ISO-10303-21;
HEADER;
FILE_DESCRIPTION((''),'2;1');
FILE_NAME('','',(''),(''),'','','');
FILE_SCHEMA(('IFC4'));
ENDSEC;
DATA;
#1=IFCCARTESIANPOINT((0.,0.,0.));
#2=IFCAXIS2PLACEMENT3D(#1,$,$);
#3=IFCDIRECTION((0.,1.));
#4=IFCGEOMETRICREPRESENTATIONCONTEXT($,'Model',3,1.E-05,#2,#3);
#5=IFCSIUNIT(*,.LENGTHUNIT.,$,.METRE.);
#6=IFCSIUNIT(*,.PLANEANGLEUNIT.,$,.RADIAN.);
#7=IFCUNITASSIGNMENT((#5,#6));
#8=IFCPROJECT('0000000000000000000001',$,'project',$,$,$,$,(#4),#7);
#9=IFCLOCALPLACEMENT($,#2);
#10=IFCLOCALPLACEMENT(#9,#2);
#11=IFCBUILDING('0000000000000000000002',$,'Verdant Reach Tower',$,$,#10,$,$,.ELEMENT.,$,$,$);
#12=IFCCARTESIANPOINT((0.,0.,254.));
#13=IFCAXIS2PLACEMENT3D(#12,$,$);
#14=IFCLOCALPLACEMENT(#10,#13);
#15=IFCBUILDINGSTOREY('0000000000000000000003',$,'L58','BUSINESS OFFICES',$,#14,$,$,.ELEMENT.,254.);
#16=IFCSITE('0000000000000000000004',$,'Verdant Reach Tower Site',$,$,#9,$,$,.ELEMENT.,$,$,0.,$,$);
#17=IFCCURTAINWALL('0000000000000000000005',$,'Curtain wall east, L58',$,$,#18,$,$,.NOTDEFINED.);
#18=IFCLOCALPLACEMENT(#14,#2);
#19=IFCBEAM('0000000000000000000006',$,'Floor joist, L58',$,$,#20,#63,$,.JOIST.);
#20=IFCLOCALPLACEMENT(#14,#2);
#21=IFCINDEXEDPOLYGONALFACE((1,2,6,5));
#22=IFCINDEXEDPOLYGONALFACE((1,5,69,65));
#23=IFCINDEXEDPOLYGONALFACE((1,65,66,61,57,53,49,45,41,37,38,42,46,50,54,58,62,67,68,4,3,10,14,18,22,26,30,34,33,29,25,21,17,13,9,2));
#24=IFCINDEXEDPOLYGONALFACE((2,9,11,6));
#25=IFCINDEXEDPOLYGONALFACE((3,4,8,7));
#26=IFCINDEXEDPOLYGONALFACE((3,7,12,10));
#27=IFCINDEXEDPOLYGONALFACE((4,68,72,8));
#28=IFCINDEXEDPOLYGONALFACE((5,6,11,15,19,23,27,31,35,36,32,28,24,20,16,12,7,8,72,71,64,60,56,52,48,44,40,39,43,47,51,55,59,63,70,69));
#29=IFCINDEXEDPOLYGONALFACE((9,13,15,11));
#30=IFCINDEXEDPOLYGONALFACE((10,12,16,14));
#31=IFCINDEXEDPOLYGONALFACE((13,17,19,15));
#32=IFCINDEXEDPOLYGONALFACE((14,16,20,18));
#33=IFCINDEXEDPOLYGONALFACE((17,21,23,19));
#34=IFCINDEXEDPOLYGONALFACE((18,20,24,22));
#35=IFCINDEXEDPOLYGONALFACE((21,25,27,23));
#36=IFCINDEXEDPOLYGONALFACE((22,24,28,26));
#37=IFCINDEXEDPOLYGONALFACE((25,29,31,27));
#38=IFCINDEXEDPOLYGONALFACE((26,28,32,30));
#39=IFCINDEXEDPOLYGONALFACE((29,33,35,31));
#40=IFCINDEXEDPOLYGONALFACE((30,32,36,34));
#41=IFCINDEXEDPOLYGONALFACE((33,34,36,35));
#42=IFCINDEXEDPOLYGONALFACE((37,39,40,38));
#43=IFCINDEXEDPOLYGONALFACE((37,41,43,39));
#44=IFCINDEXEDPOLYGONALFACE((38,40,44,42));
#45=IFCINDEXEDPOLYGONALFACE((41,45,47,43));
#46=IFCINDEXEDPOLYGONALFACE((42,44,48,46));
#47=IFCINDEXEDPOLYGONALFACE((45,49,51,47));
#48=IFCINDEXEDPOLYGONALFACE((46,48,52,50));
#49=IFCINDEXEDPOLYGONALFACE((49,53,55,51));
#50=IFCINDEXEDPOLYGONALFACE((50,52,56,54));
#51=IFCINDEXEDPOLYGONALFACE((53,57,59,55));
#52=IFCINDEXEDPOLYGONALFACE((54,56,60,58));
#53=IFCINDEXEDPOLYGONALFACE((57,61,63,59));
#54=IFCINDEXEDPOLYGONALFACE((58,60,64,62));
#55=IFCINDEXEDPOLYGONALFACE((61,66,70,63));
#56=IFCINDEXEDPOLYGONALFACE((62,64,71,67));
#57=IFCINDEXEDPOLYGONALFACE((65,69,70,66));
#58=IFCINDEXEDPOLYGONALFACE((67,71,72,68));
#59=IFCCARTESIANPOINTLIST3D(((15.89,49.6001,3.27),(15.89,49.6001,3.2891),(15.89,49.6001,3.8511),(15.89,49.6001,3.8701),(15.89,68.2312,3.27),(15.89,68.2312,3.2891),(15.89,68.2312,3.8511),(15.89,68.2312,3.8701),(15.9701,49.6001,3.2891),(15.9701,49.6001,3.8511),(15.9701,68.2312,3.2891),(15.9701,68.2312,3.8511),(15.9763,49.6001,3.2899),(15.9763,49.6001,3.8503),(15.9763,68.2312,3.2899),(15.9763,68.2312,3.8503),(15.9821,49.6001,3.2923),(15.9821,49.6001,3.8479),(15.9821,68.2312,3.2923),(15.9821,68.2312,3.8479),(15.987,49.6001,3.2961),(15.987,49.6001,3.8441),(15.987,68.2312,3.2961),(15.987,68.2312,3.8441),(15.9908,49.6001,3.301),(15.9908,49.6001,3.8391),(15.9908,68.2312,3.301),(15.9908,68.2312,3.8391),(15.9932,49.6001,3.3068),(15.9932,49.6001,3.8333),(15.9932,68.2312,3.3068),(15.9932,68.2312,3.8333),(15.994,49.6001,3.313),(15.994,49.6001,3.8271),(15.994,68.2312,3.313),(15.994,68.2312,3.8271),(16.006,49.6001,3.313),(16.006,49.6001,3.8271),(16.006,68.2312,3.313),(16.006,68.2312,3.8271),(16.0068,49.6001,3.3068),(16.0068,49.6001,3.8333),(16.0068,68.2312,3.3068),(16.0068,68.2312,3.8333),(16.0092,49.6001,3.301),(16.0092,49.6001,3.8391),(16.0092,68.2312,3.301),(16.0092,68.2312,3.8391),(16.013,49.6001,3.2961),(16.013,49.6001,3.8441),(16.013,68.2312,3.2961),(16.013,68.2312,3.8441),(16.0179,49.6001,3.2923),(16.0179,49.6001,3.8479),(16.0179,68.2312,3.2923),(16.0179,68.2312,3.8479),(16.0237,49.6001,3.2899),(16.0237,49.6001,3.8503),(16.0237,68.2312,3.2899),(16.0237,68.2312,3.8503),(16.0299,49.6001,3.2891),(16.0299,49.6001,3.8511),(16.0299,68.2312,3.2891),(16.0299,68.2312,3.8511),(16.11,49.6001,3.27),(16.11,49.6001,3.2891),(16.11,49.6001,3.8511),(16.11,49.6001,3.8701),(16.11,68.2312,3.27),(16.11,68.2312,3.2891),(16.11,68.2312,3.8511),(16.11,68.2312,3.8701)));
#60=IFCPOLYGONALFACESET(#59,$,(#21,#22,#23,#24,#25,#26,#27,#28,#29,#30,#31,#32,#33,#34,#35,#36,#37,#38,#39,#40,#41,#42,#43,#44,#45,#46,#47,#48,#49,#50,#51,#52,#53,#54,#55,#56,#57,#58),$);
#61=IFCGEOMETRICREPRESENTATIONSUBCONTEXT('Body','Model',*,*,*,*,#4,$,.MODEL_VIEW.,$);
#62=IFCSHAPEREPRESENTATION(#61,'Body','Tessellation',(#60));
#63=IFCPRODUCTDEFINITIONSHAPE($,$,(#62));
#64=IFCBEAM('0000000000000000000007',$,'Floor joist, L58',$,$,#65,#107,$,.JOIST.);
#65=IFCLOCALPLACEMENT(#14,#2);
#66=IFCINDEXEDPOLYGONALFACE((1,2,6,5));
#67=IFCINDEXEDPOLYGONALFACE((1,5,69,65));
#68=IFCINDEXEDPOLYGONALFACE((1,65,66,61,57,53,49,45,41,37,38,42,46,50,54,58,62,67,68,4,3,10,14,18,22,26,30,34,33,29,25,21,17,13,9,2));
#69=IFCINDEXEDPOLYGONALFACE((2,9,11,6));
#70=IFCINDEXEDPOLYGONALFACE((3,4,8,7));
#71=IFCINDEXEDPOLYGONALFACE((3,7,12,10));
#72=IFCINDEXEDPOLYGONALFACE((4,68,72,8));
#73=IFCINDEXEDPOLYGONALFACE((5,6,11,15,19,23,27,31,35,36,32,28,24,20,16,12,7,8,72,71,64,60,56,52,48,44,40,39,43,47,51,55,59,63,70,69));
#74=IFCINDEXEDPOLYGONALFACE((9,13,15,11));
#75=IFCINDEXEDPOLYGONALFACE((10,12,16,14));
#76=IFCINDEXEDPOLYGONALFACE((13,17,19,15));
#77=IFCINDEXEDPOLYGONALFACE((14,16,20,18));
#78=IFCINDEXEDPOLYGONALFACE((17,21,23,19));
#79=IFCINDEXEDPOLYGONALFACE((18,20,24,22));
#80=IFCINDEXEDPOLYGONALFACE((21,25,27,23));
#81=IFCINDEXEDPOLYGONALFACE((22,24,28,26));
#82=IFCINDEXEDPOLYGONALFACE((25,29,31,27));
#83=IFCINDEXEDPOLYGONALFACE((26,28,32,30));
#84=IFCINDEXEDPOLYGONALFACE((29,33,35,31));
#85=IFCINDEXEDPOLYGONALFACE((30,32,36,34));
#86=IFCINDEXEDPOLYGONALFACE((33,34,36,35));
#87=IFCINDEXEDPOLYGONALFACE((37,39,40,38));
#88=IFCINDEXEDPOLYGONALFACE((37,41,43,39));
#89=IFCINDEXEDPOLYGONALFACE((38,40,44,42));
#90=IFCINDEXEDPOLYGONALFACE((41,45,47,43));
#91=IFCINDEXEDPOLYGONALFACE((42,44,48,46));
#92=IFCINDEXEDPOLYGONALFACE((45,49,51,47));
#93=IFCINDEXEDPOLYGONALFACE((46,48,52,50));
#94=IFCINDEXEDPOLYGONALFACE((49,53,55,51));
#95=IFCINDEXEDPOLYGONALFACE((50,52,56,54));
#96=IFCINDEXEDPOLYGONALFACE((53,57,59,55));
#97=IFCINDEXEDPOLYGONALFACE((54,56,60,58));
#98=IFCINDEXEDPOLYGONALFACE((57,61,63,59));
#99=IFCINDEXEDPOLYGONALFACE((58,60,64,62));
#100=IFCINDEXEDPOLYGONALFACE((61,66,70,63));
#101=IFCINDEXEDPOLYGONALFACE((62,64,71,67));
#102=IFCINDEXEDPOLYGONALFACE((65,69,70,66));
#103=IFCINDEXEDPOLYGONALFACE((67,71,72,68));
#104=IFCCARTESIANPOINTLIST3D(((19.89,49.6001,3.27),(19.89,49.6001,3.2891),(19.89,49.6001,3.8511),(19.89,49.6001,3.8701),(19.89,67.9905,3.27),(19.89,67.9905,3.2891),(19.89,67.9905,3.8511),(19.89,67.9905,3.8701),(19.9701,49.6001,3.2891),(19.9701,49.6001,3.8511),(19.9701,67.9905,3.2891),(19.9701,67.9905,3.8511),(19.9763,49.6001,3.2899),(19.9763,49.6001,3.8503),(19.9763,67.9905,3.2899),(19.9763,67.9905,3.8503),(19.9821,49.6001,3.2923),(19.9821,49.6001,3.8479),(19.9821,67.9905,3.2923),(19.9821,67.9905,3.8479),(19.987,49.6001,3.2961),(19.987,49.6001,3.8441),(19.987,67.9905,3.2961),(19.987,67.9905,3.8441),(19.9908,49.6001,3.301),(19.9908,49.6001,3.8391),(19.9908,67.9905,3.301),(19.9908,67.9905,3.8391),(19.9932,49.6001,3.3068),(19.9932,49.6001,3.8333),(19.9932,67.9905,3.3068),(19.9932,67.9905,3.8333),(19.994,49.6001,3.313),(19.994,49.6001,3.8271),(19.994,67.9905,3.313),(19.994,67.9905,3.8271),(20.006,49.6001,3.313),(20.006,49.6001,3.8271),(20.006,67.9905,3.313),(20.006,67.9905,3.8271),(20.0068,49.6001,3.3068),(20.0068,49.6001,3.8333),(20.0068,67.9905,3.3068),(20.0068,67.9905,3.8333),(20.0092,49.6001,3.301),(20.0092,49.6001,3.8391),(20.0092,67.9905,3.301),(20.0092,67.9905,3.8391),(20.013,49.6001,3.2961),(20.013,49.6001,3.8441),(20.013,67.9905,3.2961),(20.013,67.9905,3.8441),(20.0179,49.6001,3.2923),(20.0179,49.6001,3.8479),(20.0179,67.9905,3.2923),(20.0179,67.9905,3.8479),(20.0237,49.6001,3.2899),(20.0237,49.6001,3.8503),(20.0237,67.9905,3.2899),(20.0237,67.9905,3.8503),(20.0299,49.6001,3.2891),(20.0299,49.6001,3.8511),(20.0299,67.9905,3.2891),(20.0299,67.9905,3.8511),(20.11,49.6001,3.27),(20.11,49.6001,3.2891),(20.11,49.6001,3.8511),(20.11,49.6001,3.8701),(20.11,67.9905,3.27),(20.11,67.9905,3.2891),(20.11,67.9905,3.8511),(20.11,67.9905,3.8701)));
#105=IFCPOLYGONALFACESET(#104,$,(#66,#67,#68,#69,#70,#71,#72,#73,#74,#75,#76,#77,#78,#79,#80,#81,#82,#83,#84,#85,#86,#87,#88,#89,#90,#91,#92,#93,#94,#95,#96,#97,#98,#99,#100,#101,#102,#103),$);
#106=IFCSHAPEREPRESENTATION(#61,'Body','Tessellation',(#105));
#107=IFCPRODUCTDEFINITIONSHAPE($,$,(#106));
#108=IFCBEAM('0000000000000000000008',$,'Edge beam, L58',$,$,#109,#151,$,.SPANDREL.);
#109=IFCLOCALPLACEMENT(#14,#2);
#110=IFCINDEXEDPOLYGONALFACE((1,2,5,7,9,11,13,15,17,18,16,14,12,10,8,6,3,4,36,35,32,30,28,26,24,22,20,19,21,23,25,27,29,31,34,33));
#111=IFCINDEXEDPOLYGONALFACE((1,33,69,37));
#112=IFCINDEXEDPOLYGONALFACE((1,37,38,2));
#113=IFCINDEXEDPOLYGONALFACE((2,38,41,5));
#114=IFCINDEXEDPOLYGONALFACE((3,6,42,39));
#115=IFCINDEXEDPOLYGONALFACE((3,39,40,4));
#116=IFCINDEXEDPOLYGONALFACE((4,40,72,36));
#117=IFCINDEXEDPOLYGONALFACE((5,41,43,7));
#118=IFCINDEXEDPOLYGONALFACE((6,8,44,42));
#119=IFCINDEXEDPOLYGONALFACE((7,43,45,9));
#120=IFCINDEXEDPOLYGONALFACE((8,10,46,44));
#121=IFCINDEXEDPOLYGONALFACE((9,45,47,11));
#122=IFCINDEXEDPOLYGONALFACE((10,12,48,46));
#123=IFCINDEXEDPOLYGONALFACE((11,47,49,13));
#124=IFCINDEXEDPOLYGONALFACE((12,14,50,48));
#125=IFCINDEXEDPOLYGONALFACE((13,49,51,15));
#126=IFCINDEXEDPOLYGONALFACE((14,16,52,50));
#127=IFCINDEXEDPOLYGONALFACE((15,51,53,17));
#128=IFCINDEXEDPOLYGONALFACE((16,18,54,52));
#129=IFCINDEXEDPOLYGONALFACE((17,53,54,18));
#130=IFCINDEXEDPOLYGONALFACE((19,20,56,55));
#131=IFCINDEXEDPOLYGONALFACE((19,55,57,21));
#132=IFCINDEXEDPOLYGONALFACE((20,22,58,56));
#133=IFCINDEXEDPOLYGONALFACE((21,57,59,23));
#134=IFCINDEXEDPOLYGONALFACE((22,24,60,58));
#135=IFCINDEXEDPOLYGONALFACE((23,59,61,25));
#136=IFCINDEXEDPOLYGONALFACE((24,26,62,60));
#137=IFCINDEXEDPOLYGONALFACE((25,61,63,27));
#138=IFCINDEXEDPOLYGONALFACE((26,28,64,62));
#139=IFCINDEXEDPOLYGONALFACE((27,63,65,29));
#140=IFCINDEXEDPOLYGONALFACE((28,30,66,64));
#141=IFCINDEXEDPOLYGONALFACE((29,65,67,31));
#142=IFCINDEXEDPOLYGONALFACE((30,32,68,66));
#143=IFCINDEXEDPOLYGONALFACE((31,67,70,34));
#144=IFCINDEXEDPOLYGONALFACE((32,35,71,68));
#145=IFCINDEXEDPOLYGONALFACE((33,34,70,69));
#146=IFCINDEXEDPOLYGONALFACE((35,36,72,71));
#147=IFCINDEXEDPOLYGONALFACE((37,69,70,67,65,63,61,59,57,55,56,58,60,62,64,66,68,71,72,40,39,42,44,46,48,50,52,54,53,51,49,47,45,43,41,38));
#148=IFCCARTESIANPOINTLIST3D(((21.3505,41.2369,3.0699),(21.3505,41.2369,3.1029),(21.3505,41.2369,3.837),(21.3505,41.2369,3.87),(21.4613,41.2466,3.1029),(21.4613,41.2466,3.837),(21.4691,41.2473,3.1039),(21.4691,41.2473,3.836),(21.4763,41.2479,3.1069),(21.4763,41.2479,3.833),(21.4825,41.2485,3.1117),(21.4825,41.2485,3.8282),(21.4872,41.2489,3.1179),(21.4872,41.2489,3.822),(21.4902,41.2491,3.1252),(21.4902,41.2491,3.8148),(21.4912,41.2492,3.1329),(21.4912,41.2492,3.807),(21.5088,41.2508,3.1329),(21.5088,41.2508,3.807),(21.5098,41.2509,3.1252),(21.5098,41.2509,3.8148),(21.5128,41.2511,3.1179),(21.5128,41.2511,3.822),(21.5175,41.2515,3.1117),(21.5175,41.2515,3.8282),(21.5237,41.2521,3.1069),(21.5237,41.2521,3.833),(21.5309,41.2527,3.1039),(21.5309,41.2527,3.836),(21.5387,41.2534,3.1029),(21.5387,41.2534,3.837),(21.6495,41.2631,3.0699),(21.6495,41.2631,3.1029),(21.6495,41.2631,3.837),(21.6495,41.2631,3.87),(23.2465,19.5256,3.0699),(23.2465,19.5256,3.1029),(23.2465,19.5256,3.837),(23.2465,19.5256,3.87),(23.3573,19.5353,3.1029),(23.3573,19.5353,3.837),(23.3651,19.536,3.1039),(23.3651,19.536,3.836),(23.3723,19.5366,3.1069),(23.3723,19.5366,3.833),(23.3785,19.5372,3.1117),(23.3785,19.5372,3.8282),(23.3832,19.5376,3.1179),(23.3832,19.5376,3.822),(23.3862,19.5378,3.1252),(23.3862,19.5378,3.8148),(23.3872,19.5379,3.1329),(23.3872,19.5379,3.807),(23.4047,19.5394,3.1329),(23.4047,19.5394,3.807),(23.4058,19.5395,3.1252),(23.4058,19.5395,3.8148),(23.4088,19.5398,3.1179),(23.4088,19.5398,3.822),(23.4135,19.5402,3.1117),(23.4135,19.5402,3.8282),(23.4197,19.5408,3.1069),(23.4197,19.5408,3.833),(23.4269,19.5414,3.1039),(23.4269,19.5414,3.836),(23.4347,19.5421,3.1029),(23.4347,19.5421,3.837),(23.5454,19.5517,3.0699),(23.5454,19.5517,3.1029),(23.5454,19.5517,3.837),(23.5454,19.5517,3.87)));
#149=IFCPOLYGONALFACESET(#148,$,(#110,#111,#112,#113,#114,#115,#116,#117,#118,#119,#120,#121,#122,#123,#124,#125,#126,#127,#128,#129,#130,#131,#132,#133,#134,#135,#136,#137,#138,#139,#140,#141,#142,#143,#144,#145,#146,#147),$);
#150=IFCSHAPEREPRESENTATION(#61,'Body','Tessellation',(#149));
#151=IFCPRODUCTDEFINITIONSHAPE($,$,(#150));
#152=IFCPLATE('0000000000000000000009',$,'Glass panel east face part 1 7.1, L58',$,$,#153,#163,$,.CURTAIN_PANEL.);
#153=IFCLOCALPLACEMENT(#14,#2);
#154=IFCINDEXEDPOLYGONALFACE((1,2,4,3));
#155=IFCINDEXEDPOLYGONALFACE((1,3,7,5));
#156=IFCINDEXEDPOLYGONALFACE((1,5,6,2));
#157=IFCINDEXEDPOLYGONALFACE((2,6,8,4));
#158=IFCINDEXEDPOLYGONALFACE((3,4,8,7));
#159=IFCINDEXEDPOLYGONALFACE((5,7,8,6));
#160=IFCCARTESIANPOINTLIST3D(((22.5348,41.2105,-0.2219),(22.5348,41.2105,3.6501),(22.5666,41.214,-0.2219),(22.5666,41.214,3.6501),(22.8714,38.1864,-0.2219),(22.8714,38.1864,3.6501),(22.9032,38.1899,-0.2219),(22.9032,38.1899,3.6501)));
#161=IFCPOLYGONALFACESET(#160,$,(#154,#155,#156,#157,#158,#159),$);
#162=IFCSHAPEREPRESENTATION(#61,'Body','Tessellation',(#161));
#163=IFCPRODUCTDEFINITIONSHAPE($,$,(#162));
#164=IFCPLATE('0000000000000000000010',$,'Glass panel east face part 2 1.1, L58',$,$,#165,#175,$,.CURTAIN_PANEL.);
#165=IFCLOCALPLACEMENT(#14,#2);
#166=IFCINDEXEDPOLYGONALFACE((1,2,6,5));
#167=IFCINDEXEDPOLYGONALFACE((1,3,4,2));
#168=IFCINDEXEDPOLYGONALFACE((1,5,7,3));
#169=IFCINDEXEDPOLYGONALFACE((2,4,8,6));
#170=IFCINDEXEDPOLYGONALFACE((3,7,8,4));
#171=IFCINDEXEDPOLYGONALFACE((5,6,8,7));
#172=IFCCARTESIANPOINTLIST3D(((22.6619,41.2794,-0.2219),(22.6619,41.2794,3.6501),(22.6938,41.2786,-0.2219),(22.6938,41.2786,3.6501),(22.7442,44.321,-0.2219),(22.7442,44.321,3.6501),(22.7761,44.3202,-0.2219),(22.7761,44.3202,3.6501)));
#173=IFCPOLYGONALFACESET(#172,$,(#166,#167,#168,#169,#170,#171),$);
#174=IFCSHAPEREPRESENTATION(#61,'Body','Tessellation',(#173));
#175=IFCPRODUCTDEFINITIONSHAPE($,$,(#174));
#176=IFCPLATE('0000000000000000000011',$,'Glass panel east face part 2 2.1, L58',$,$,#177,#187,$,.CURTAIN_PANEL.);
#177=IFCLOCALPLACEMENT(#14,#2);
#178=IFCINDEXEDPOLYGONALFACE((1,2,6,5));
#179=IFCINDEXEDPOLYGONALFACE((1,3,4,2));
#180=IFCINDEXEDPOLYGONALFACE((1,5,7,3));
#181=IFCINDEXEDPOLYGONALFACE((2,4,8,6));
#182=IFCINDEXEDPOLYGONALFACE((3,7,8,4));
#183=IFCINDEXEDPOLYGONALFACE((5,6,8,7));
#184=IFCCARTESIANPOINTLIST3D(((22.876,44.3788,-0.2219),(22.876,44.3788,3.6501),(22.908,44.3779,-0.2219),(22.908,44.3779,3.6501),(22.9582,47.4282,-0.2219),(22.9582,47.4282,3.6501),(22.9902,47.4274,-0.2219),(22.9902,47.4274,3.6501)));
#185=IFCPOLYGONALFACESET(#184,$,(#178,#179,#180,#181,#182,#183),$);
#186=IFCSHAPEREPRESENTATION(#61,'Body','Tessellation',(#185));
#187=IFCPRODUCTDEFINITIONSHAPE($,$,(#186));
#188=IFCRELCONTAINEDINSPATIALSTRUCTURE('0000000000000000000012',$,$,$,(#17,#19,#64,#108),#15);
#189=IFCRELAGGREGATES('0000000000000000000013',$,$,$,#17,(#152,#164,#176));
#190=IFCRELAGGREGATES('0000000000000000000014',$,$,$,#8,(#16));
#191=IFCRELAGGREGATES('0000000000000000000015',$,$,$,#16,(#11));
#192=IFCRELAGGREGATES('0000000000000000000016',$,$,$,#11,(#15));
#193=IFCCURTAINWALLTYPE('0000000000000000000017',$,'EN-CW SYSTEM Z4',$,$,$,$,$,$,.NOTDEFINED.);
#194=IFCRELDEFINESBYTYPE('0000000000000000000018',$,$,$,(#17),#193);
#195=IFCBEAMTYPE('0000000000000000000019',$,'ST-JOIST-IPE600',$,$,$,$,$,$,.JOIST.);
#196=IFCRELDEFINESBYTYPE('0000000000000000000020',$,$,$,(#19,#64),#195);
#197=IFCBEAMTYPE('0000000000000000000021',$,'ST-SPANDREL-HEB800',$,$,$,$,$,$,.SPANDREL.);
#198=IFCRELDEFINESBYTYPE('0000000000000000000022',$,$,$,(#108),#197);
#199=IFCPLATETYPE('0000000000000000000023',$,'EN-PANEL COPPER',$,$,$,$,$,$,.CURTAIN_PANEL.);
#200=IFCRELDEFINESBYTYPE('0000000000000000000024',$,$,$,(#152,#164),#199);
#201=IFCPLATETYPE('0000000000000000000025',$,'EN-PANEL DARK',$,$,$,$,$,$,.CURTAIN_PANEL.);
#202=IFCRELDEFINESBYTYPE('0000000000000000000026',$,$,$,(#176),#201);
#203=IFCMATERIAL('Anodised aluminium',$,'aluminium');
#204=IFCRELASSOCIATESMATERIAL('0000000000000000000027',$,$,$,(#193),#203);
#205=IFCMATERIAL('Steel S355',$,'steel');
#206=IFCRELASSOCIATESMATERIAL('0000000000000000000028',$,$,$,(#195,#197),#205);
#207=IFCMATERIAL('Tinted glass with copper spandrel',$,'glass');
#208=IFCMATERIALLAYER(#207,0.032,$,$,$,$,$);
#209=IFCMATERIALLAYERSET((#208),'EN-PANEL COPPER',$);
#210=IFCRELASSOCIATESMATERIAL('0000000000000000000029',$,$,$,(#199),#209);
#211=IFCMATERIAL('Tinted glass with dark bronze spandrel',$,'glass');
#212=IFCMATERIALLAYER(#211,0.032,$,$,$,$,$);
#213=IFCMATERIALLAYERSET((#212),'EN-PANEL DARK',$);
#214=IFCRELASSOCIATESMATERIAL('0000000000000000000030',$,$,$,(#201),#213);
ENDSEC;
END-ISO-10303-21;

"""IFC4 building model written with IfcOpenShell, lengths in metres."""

from ifc_helpers import new_model, si_unit, direction, frame, origin, origin_2d, place, context, subcontext, project, spatial, rectangle, i_section, extrude, material, layer, layer_set, material_profile, profile_set, type_object, element, aggregate, save


model = new_model("IFC4")

# Units and contexts
model_context = context("Model", 3, precision=1e-05, world=origin(), true_north=direction((0.0, 1.0)))
body_context = subcontext(model_context, "Body", "Model", "MODEL_VIEW")
ifc_project = project(units=[si_unit("LENGTHUNIT", "METRE"), si_unit("PLANEANGLEUNIT", "RADIAN")], contexts=[model_context])

# Site, building, storey
site_placement = place(None, origin())
site = spatial("IfcSite", under=ifc_project, at=site_placement, Name="Verdant Reach Tower Site", CompositionType="ELEMENT", RefElevation=0.0)
building_placement = place(site_placement, origin())
building = spatial("IfcBuilding", under=site, at=building_placement, Name="Verdant Reach Tower", CompositionType="ELEMENT")
storey_placement = place(building_placement, frame((0.0, 0.0, 254.0)))
storey = spatial("IfcBuildingStorey", under=building, at=storey_placement, Name="L58", Description="BUSINESS OFFICES", CompositionType="ELEMENT", Elevation=254.0)

# Curtain wall
ifc_material_1 = material(Name="Anodised aluminium", Category="aluminium")
curtain_wall_type = type_object("IfcCurtainWallType", Name="EN-CW SYSTEM Z4", PredefinedType="NOTDEFINED", material=ifc_material_1)
curtain_wall_placement = place(storey_placement, origin())
curtain_wall = element("IfcCurtainWall", 1, at=curtain_wall_placement, inside=storey, type_object=curtain_wall_type, Name="Curtain wall east, L58", PredefinedType="NOTDEFINED")

# Beams
ifc_material_2 = material(Name="Steel S355", Category="steel")
ifc_material_profile_1 = material_profile(ifc_material_2, i_section(OverallWidth=0.22, OverallDepth=0.6001, WebThickness=0.012, FlangeThickness=0.019, FilletRadius=0.0239, at=origin_2d()), Name="IPE 600")
ifc_profile_set_1 = profile_set([ifc_material_profile_1], Name="Steel S355")
beam_type_1 = type_object("IfcBeamType", Name="ST-JOIST-IPE600", PredefinedType="JOIST", material=ifc_profile_set_1)
beam_1_placement = place(storey_placement, frame((16.0, 49.6001, 3.5701), z_axis=(0.0, 1.0, 0.0), x_axis=(-1.0, 0.0, 0.0)))
element("IfcBeam", 2, at=beam_1_placement, inside=storey, type_object=beam_type_1, Name="Floor joist, L58", PredefinedType="JOIST", context=body_context, shape_type="SweptSolid", body=[
    extrude(i_section(OverallWidth=0.22, OverallDepth=0.6001, WebThickness=0.012, FlangeThickness=0.019, FilletRadius=0.0239, at=origin_2d()), origin(), (0.0, 0.0, 1.0), 18.6311),
])
beam_2_placement = place(storey_placement, frame((20.0, 49.6001, 3.5701), z_axis=(0.0, 1.0, 0.0), x_axis=(-1.0, 0.0, 0.0)))
element("IfcBeam", 3, at=beam_2_placement, inside=storey, type_object=beam_type_1, Name="Floor joist, L58", PredefinedType="JOIST", context=body_context, shape_type="SweptSolid", body=[
    extrude(i_section(OverallWidth=0.22, OverallDepth=0.6001, WebThickness=0.012, FlangeThickness=0.019, FilletRadius=0.0239, at=origin_2d()), origin(), (0.0, 0.0, 1.0), 18.3904),
])
ifc_material_profile_2 = material_profile(ifc_material_2, i_section(OverallWidth=0.3, OverallDepth=0.8, WebThickness=0.0176, FlangeThickness=0.033, FilletRadius=0.03, at=origin_2d()), Name="HEB 800")
ifc_profile_set_2 = profile_set([ifc_material_profile_2], Name="Steel S355")
beam_type_2 = type_object("IfcBeamType", Name="ST-SPANDREL-HEB800", PredefinedType="SPANDREL", material=ifc_profile_set_2)
beam_3_placement = place(storey_placement, frame((21.5, 41.25, 3.47), z_axis=(0.086996, -0.996209, 0.0), x_axis=(0.996209, 0.086996, 0.0)))
element("IfcBeam", 4, at=beam_3_placement, inside=storey, type_object=beam_type_2, Name="Edge beam, L58", PredefinedType="SPANDREL", context=body_context, shape_type="SweptSolid", body=[
    extrude(i_section(OverallWidth=0.3, OverallDepth=0.8, WebThickness=0.0176, FlangeThickness=0.033, FilletRadius=0.03, at=origin_2d()), origin(), (0.0, 0.0, 1.0), 21.7939),
])

# Plates
ifc_material_3 = material(Name="Tinted glass with copper spandrel", Category="glass")
ifc_layer_1 = layer(ifc_material_3, 0.032)
ifc_layer_set_1 = layer_set([ifc_layer_1], Name="EN-PANEL COPPER")
plate_type_1 = type_object("IfcPlateType", Name="EN-PANEL COPPER", PredefinedType="CURTAIN_PANEL", material=ifc_layer_set_1)
plate_1_placement = place(storey_placement, frame((22.719, 39.7002, -0.2219), z_axis=(0.0, 0.0, 1.0), x_axis=(-0.110603, 0.993865, 0.0)))
plate_1 = element("IfcPlate", 5, at=plate_1_placement, type_object=plate_type_1, Name="Glass panel east face part 1 7.1, L58", PredefinedType="CURTAIN_PANEL", context=body_context, shape_type="SweptSolid", body=[
    extrude(rectangle(XDim=3.0427, YDim=0.032, at=origin_2d()), origin(), (0.0, 0.0, 1.0), 3.8721),
])
plate_2_placement = place(storey_placement, frame((22.719, 42.7998, -0.2219), z_axis=(0.0, 0.0, 1.0), x_axis=(0.027051, 0.999634, 0.0)))
plate_2 = element("IfcPlate", 6, at=plate_2_placement, type_object=plate_type_1, Name="Glass panel east face part 2 1.1, L58", PredefinedType="CURTAIN_PANEL", context=body_context, shape_type="SweptSolid", body=[
    extrude(rectangle(XDim=3.0427, YDim=0.032, at=origin_2d()), origin(), (0.0, 0.0, 1.0), 3.8721),
])
ifc_material_4 = material(Name="Tinted glass with dark bronze spandrel", Category="glass")
ifc_layer_2 = layer(ifc_material_4, 0.032)
ifc_layer_set_2 = layer_set([ifc_layer_2], Name="EN-PANEL DARK")
plate_type_2 = type_object("IfcPlateType", Name="EN-PANEL DARK", PredefinedType="CURTAIN_PANEL", material=ifc_layer_set_2)
plate_3_placement = place(storey_placement, frame((22.9331, 45.9031, -0.2219), z_axis=(0.0, 0.0, 1.0), x_axis=(0.026965, 0.999636, 0.0)))
plate_3 = element("IfcPlate", 7, at=plate_3_placement, type_object=plate_type_2, Name="Glass panel east face part 2 2.1, L58", PredefinedType="CURTAIN_PANEL", context=body_context, shape_type="SweptSolid", body=[
    extrude(rectangle(XDim=3.0505, YDim=0.032, at=origin_2d()), origin(), (0.0, 0.0, 1.0), 3.8721),
])
aggregate(curtain_wall, [plate_1, plate_2, plate_3])

save(model, "model.ifc")
